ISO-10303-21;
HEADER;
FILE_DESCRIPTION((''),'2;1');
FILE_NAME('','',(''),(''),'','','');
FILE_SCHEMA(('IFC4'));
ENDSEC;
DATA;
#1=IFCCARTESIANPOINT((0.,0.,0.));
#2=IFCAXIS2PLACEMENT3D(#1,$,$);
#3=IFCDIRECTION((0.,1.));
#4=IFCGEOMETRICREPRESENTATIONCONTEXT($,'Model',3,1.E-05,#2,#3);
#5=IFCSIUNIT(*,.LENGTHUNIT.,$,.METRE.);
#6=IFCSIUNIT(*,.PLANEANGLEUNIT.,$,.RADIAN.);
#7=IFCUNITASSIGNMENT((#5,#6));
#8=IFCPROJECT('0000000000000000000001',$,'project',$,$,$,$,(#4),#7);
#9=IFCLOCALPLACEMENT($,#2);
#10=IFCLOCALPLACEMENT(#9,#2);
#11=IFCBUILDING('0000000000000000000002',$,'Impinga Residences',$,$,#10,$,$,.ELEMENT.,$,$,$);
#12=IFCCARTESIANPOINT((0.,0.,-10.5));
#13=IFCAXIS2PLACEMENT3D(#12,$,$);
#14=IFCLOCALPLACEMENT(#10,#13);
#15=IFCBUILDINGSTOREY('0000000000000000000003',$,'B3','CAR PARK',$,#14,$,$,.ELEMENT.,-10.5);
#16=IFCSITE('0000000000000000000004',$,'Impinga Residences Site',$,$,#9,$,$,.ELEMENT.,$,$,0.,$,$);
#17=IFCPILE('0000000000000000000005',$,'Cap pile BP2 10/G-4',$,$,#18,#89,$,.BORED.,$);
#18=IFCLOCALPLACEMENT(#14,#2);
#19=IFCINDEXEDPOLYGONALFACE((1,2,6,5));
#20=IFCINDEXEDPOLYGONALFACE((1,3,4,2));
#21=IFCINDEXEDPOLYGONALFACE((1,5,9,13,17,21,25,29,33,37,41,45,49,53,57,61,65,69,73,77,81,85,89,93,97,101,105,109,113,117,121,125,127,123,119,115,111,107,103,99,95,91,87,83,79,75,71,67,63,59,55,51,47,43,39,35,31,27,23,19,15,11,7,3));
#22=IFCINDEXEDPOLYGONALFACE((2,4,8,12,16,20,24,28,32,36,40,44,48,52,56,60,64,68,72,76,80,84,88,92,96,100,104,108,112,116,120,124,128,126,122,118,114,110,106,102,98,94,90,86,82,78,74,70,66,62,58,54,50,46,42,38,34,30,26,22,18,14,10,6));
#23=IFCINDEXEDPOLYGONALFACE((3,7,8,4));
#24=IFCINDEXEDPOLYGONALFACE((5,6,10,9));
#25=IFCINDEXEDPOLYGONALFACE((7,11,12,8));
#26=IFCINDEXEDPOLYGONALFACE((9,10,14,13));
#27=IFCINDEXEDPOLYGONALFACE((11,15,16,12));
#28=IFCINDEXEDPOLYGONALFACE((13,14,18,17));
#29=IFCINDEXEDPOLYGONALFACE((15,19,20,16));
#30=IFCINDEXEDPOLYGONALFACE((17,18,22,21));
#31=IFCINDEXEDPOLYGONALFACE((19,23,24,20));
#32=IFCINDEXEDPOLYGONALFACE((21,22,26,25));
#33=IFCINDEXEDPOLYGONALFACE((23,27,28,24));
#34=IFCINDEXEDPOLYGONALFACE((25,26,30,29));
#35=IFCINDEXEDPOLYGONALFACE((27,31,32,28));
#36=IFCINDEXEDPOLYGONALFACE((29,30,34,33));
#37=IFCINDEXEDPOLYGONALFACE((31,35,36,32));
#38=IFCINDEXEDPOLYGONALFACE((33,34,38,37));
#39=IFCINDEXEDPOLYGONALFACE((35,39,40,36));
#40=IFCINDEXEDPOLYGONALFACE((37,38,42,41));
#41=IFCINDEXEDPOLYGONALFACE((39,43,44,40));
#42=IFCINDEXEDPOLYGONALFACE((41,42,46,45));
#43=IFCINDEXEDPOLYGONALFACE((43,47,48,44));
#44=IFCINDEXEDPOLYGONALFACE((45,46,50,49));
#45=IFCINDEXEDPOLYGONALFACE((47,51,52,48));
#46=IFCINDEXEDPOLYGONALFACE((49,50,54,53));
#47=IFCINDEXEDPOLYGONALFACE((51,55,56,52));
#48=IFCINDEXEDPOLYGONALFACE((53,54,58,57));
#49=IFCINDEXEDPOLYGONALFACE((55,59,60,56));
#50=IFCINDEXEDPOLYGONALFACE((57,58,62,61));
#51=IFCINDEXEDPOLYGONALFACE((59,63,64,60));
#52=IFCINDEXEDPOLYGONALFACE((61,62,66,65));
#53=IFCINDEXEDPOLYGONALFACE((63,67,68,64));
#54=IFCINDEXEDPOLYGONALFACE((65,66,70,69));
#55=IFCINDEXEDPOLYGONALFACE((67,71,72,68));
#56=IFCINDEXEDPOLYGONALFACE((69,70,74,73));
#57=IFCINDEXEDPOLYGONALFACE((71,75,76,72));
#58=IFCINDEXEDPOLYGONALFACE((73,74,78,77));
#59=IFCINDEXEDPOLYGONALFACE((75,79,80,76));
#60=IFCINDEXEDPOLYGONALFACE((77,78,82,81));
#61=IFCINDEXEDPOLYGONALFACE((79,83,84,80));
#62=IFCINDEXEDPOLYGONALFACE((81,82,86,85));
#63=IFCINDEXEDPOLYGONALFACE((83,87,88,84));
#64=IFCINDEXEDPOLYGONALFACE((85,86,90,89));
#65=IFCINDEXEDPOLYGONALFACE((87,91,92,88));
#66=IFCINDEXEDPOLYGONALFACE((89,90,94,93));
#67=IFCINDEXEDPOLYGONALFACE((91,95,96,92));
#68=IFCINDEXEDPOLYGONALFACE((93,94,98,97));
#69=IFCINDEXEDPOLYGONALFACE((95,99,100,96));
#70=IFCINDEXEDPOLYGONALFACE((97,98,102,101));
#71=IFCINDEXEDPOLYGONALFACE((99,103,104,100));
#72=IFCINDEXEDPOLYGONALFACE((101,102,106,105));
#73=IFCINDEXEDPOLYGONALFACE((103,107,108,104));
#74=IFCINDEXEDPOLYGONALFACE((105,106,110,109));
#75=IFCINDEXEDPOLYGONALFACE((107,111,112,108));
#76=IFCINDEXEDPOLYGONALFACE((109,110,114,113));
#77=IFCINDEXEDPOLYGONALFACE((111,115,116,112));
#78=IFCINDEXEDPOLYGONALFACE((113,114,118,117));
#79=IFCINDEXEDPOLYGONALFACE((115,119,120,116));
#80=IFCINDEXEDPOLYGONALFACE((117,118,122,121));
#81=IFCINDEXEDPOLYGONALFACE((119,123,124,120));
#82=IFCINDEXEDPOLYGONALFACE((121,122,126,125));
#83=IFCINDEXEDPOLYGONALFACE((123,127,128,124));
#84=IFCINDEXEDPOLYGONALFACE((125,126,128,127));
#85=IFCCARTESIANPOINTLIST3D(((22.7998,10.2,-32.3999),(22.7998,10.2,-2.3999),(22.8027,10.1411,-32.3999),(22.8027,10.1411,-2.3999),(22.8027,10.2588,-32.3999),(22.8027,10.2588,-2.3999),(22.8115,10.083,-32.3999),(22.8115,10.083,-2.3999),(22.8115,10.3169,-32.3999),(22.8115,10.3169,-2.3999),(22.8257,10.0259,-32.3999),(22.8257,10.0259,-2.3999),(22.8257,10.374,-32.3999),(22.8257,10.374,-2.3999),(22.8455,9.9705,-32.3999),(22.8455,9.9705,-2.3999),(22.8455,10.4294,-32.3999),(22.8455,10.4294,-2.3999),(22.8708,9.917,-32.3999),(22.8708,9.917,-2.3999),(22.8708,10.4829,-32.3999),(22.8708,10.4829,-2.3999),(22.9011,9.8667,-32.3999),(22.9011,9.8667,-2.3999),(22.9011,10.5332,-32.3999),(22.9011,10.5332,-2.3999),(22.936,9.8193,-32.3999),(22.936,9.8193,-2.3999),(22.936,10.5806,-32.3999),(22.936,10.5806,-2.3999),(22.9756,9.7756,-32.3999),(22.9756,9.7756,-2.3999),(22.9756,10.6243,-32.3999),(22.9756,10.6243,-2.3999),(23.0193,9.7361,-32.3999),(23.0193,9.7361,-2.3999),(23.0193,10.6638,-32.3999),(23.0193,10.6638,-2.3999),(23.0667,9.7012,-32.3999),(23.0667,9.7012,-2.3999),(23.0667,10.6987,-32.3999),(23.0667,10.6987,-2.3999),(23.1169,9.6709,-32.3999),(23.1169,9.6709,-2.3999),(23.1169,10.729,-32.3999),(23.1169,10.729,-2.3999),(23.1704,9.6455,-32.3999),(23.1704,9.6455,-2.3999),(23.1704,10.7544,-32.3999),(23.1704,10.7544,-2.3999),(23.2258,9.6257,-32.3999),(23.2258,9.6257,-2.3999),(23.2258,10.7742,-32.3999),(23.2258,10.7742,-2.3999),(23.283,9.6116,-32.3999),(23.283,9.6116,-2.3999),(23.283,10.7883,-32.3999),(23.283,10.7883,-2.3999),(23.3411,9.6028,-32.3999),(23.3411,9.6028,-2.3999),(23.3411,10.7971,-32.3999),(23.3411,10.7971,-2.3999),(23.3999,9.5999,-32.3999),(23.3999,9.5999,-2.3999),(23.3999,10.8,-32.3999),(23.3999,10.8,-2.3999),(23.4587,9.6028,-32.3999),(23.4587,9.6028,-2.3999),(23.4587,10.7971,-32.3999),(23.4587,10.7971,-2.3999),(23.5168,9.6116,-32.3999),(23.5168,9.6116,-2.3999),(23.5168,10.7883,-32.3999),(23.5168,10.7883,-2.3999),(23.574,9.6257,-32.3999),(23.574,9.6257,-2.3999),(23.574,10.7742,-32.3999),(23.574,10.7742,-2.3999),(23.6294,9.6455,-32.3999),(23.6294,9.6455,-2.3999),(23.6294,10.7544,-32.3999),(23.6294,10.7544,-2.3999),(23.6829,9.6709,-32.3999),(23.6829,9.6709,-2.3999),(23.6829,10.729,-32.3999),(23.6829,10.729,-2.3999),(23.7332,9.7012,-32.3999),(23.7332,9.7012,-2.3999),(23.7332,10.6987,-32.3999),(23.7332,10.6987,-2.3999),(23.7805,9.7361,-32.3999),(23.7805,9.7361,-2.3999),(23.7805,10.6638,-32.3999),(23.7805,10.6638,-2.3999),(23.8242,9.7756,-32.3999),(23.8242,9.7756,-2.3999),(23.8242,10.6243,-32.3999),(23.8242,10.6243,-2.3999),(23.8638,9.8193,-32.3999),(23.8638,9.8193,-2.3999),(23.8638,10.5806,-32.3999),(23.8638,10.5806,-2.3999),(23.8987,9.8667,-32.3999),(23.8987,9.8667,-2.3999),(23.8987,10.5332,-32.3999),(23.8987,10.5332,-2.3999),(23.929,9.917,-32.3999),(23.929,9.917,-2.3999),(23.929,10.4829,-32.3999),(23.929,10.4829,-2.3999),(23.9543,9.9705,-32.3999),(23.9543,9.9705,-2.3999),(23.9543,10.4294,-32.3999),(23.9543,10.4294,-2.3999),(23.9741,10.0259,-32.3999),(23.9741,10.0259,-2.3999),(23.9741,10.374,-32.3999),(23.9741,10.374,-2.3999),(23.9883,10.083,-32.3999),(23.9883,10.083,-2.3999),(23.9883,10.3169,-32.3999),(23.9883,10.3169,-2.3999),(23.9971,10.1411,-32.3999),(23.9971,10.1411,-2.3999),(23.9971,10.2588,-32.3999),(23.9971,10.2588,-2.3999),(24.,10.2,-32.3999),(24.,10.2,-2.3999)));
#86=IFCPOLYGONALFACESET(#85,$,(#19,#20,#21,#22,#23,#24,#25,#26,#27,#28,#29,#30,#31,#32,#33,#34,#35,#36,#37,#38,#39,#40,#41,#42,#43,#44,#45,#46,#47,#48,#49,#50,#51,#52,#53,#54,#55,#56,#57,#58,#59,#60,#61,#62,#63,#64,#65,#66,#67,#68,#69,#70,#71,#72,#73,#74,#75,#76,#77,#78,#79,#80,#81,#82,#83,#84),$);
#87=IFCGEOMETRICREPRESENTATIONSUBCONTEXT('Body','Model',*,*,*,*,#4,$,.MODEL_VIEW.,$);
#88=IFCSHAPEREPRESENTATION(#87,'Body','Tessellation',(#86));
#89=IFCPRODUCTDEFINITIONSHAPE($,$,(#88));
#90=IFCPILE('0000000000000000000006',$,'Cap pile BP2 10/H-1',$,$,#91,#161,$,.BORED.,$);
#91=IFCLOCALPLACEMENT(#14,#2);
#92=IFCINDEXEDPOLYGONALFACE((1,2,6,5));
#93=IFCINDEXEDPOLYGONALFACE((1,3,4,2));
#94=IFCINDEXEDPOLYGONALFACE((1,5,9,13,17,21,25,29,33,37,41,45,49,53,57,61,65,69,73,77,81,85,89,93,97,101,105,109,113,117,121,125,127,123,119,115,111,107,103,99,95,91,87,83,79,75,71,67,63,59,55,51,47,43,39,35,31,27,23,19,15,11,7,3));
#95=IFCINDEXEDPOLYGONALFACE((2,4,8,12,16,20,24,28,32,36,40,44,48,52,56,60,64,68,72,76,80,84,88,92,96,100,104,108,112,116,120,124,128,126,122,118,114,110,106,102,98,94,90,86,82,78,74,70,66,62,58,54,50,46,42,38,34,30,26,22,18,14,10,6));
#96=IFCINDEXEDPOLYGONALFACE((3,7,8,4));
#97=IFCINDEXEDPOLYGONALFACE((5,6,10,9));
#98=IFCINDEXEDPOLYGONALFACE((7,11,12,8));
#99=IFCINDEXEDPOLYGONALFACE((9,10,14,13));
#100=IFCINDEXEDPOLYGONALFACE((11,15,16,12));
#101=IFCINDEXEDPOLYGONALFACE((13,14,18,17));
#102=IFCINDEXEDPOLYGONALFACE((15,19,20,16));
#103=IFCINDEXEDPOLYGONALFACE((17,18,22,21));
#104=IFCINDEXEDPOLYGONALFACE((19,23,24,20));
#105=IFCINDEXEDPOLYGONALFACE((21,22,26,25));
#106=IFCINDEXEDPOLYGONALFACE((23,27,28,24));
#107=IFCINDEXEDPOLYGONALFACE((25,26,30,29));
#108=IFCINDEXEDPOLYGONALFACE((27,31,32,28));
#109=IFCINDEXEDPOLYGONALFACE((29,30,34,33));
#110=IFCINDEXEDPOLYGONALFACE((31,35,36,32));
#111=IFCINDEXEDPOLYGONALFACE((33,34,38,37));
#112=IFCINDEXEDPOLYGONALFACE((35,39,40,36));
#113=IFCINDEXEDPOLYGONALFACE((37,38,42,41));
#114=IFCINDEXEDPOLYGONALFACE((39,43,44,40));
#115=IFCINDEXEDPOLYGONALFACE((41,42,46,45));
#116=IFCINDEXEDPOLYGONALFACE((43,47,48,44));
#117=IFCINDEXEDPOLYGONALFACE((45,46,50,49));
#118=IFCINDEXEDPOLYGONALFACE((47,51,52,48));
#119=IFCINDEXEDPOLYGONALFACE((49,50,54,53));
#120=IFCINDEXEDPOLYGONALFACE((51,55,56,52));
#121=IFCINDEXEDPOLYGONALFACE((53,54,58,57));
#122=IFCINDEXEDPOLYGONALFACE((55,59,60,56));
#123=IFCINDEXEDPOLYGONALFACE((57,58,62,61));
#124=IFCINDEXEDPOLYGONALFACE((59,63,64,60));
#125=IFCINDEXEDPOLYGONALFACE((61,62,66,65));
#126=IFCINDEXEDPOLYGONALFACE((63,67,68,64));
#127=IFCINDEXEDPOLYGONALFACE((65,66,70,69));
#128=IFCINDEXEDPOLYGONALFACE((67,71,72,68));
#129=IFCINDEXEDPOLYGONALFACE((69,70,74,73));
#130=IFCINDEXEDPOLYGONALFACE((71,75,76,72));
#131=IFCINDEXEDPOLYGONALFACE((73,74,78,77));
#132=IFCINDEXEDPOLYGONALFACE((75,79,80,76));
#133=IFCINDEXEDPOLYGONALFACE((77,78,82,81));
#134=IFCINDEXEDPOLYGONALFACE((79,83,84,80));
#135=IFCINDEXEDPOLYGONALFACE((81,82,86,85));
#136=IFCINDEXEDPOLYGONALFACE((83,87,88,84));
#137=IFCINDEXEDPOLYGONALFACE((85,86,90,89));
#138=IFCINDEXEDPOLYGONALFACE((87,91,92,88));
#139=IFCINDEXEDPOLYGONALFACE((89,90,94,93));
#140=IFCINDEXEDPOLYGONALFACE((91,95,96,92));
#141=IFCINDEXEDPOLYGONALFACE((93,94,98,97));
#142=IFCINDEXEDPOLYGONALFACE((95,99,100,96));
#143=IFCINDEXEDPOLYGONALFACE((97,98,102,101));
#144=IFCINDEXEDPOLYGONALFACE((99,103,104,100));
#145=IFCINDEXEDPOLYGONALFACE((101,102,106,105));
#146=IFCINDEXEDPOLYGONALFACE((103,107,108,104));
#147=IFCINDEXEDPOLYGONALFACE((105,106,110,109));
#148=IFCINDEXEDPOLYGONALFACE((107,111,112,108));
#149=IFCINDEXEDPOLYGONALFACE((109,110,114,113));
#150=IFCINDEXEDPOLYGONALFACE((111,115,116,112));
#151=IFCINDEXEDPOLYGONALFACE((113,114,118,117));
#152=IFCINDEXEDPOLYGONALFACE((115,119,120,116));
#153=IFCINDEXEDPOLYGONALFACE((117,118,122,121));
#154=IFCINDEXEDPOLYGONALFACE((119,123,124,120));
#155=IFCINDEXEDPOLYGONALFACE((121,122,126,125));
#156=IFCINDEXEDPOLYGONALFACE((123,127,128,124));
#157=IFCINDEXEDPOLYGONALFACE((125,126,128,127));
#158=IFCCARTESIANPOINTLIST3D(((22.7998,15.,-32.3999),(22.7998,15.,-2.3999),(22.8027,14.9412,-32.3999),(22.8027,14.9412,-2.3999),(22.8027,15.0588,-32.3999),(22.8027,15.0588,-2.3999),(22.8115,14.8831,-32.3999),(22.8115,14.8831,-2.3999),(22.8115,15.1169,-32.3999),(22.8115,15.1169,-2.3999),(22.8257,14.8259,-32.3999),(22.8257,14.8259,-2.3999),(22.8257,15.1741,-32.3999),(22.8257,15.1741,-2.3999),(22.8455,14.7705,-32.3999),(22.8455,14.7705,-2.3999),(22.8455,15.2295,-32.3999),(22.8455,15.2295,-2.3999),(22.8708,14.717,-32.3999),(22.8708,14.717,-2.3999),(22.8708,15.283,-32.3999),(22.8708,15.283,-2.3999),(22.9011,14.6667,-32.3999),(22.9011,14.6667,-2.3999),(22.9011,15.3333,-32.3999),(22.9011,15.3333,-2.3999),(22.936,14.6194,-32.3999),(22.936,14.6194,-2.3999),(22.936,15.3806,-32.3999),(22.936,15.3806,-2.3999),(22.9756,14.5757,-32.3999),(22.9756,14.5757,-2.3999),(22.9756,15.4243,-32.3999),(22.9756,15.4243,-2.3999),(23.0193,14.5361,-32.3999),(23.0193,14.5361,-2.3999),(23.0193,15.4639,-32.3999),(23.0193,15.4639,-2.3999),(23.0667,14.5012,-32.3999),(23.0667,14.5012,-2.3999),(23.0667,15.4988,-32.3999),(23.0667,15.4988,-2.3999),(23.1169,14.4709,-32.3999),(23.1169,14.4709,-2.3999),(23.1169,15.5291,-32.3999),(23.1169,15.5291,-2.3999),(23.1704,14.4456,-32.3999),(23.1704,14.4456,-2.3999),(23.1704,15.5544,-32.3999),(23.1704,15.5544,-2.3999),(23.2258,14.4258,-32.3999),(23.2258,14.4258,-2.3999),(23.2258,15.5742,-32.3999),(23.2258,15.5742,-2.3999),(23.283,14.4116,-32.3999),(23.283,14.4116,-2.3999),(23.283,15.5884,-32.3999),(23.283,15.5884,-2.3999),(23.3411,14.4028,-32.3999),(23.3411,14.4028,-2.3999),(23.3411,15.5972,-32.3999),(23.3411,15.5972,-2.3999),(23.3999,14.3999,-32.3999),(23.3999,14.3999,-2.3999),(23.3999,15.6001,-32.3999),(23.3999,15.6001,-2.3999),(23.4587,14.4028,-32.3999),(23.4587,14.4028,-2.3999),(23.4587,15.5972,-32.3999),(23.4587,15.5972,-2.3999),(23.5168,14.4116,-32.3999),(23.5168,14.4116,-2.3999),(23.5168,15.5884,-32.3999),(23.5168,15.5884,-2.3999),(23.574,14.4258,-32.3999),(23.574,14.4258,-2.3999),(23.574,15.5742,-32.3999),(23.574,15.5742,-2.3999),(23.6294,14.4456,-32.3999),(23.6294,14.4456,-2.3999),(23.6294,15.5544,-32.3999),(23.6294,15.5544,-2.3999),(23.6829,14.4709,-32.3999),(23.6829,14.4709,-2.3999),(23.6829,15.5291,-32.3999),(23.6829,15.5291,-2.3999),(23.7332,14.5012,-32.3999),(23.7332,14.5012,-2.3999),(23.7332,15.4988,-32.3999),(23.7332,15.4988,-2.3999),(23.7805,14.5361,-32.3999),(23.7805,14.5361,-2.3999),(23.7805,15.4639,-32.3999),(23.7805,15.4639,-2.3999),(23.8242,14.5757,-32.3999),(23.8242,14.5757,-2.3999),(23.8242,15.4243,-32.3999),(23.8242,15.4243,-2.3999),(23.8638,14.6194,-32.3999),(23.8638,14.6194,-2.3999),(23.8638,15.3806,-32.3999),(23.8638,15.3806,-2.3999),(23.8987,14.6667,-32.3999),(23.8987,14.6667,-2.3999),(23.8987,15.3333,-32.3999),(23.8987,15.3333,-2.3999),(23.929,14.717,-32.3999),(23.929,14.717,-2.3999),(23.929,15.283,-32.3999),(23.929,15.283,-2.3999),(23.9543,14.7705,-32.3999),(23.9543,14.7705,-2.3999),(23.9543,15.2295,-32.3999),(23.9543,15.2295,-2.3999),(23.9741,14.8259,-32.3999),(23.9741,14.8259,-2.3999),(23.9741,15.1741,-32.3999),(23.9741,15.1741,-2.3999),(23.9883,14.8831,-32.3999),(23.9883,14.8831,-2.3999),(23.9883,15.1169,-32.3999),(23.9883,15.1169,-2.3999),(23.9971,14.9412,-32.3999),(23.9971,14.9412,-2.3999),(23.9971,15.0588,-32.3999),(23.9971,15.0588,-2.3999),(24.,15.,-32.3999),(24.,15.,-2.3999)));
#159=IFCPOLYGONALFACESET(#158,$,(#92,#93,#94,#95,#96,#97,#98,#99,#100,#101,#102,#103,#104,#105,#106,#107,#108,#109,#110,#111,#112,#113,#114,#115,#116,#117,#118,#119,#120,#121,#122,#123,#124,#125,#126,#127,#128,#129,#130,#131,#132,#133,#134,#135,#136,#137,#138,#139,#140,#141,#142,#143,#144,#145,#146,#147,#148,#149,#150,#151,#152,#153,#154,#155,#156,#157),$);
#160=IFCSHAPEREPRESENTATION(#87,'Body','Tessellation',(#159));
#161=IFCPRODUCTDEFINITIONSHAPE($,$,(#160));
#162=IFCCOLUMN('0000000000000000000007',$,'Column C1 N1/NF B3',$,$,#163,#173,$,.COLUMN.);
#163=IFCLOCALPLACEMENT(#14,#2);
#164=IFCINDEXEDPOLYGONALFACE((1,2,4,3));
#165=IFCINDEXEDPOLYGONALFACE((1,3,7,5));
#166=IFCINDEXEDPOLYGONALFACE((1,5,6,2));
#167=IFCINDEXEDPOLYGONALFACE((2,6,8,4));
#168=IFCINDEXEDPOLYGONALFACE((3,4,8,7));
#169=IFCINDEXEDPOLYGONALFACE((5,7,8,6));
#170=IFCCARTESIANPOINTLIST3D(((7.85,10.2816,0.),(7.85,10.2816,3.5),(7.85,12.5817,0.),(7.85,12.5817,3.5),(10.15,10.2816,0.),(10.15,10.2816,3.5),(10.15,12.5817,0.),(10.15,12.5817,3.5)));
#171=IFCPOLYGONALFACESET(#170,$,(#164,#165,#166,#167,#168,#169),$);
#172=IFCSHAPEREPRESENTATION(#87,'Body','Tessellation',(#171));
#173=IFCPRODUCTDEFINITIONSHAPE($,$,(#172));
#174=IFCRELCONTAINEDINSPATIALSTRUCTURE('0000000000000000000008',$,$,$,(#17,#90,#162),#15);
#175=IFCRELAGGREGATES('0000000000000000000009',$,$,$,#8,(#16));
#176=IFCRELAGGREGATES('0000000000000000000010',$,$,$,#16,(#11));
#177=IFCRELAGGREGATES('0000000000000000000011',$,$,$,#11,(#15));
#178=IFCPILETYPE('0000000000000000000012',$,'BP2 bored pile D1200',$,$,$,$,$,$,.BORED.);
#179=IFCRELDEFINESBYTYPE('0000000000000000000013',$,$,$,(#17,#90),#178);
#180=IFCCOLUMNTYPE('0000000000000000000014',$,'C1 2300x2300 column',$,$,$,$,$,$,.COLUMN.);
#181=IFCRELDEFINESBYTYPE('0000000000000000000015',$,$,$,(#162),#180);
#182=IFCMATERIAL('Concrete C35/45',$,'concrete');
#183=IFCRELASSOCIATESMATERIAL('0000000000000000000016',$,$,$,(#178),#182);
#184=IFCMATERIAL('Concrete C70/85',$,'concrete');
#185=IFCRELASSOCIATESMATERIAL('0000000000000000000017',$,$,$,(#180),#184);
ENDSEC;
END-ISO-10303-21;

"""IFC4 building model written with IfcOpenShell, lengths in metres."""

from ifc_helpers import new_model, si_unit, direction, frame, origin, origin_2d, place, context, subcontext, project, spatial, polyline, rectangle, circle, outline, extrude, material, material_profile, profile_set, type_object, element, save


model = new_model("IFC4")

# Units and contexts
model_context = context("Model", 3, precision=1e-05, world=origin(), true_north=direction((0.0, 1.0)))
body_context = subcontext(model_context, "Body", "Model", "MODEL_VIEW")
ifc_project = project(units=[si_unit("LENGTHUNIT", "METRE"), si_unit("PLANEANGLEUNIT", "RADIAN")], contexts=[model_context])

# Site, building, storey
site_placement = place(None, origin())
site = spatial("IfcSite", under=ifc_project, at=site_placement, Name="Impinga Residences Site", CompositionType="ELEMENT", RefElevation=0.0)
building_placement = place(site_placement, origin())
building = spatial("IfcBuilding", under=site, at=building_placement, Name="Impinga Residences", CompositionType="ELEMENT")
storey_placement = place(building_placement, frame((0.0, 0.0, -10.5)))
storey = spatial("IfcBuildingStorey", under=building, at=storey_placement, Name="B3", Description="CAR PARK", CompositionType="ELEMENT", Elevation=-10.5)

# Piles
ifc_material_1 = material(Name="Concrete C35/45", Category="concrete")
ifc_material_profile_1 = material_profile(ifc_material_1, circle(Radius=0.6001, at=origin_2d()), Name="D1200")
ifc_profile_set_1 = profile_set([ifc_material_profile_1], Name="Concrete C35/45")
pile_type_1 = type_object("IfcPileType", Name="BP2 bored pile D1200", PredefinedType="BORED", material=ifc_profile_set_1)
pile_1_placement = place(storey_placement, frame((23.3999, 10.2, -2.3999), z_axis=(0.0, 0.0, -1.0), x_axis=(1.0, 0.0, 0.0)))
element("IfcPile", 1, at=pile_1_placement, inside=storey, type_object=pile_type_1, Name="Cap pile BP2 10/G-4", PredefinedType="BORED", context=body_context, shape_type="SweptSolid", body=[
    extrude(outline(polyline([(0.6001, 0.0), (0.5972, 0.0588), (0.5884, 0.1169), (0.5742, 0.1741), (0.5544, 0.2295), (0.5291, 0.283), (0.4988, 0.3333), (0.4639, 0.3806), (0.4243, 0.4243), (0.3806, 0.4639), (0.3333, 0.4988), (0.283, 0.5291), (0.2295, 0.5544), (0.1741, 0.5742), (0.1169, 0.5884), (0.0588, 0.5972), (0.0, 0.6001), (-0.0588, 0.5972), (-0.1169, 0.5884), (-0.1741, 0.5742), (-0.2295, 0.5544), (-0.283, 0.5291), (-0.3333, 0.4988), (-0.3806, 0.4639), (-0.4243, 0.4243), (-0.4639, 0.3806), (-0.4988, 0.3333), (-0.5291, 0.283), (-0.5544, 0.2295), (-0.5742, 0.1741), (-0.5884, 0.1169), (-0.5972, 0.0588), (-0.6001, 0.0), (-0.5972, -0.0588), (-0.5884, -0.1169), (-0.5742, -0.1741), (-0.5544, -0.2295), (-0.5291, -0.283), (-0.4988, -0.3333), (-0.4639, -0.3806), (-0.4243, -0.4243), (-0.3806, -0.4639), (-0.3333, -0.4988), (-0.283, -0.5291), (-0.2295, -0.5544), (-0.1741, -0.5742), (-0.1169, -0.5884), (-0.0588, -0.5972), (0.0, -0.6001), (0.0588, -0.5972), (0.1169, -0.5884), (0.1741, -0.5742), (0.2295, -0.5544), (0.283, -0.5291), (0.3333, -0.4988), (0.3806, -0.4639), (0.4243, -0.4243), (0.4639, -0.3806), (0.4988, -0.3333), (0.5291, -0.283), (0.5544, -0.2295), (0.5742, -0.1741), (0.5884, -0.1169), (0.5972, -0.0588), (0.6001, 0.0)])), origin(), (0.0, 0.0, 1.0), 30.0),
])
pile_2_placement = place(storey_placement, frame((23.3999, 15.0, -2.3999), z_axis=(0.0, 0.0, -1.0), x_axis=(1.0, 0.0, 0.0)))
element("IfcPile", 2, at=pile_2_placement, inside=storey, type_object=pile_type_1, Name="Cap pile BP2 10/H-1", PredefinedType="BORED", context=body_context, shape_type="SweptSolid", body=[
    extrude(outline(polyline([(0.6001, 0.0), (0.5972, 0.0588), (0.5884, 0.1169), (0.5742, 0.1741), (0.5544, 0.2295), (0.5291, 0.283), (0.4988, 0.3333), (0.4639, 0.3806), (0.4243, 0.4243), (0.3806, 0.4639), (0.3333, 0.4988), (0.283, 0.5291), (0.2295, 0.5544), (0.1741, 0.5742), (0.1169, 0.5884), (0.0588, 0.5972), (0.0, 0.6001), (-0.0588, 0.5972), (-0.1169, 0.5884), (-0.1741, 0.5742), (-0.2295, 0.5544), (-0.283, 0.5291), (-0.3333, 0.4988), (-0.3806, 0.4639), (-0.4243, 0.4243), (-0.4639, 0.3806), (-0.4988, 0.3333), (-0.5291, 0.283), (-0.5544, 0.2295), (-0.5742, 0.1741), (-0.5884, 0.1169), (-0.5972, 0.0588), (-0.6001, 0.0), (-0.5972, -0.0588), (-0.5884, -0.1169), (-0.5742, -0.1741), (-0.5544, -0.2295), (-0.5291, -0.283), (-0.4988, -0.3333), (-0.4639, -0.3806), (-0.4243, -0.4243), (-0.3806, -0.4639), (-0.3333, -0.4988), (-0.283, -0.5291), (-0.2295, -0.5544), (-0.1741, -0.5742), (-0.1169, -0.5884), (-0.0588, -0.5972), (0.0, -0.6001), (0.0588, -0.5972), (0.1169, -0.5884), (0.1741, -0.5742), (0.2295, -0.5544), (0.283, -0.5291), (0.3333, -0.4988), (0.3806, -0.4639), (0.4243, -0.4243), (0.4639, -0.3806), (0.4988, -0.3333), (0.5291, -0.283), (0.5544, -0.2295), (0.5742, -0.1741), (0.5884, -0.1169), (0.5972, -0.0588), (0.6001, 0.0)])), origin(), (0.0, 0.0, 1.0), 30.0),
])

# Column
ifc_material_2 = material(Name="Concrete C70/85", Category="concrete")
ifc_material_profile_2 = material_profile(ifc_material_2, rectangle(XDim=2.3, YDim=2.3, at=origin_2d()), Name="RC 2300x2300")
ifc_profile_set_2 = profile_set([ifc_material_profile_2], Name="Concrete C70/85")
column_type_1 = type_object("IfcColumnType", Name="C1 2300x2300 column", PredefinedType="COLUMN", material=ifc_profile_set_2)
for number, where, z_axis, x_axis, name in (
    (3, (9.0, 11.4316, 0.0), (0.0, 0.0, 1.0), (1.0, 0.0, 0.0), "Column C1 N1/NF B3"),
):
    element("IfcColumn", number, at=place(storey_placement, frame(where, z_axis=z_axis, x_axis=x_axis)), inside=storey, type_object=column_type_1, Name=name, PredefinedType="COLUMN", context=body_context, shape_type="SweptSolid", body=[
        extrude(rectangle(XDim=2.3, YDim=2.3, at=origin_2d()), origin(), (0.0, 0.0, 1.0), 3.5),
    ])

save(model, "model.ifc")
